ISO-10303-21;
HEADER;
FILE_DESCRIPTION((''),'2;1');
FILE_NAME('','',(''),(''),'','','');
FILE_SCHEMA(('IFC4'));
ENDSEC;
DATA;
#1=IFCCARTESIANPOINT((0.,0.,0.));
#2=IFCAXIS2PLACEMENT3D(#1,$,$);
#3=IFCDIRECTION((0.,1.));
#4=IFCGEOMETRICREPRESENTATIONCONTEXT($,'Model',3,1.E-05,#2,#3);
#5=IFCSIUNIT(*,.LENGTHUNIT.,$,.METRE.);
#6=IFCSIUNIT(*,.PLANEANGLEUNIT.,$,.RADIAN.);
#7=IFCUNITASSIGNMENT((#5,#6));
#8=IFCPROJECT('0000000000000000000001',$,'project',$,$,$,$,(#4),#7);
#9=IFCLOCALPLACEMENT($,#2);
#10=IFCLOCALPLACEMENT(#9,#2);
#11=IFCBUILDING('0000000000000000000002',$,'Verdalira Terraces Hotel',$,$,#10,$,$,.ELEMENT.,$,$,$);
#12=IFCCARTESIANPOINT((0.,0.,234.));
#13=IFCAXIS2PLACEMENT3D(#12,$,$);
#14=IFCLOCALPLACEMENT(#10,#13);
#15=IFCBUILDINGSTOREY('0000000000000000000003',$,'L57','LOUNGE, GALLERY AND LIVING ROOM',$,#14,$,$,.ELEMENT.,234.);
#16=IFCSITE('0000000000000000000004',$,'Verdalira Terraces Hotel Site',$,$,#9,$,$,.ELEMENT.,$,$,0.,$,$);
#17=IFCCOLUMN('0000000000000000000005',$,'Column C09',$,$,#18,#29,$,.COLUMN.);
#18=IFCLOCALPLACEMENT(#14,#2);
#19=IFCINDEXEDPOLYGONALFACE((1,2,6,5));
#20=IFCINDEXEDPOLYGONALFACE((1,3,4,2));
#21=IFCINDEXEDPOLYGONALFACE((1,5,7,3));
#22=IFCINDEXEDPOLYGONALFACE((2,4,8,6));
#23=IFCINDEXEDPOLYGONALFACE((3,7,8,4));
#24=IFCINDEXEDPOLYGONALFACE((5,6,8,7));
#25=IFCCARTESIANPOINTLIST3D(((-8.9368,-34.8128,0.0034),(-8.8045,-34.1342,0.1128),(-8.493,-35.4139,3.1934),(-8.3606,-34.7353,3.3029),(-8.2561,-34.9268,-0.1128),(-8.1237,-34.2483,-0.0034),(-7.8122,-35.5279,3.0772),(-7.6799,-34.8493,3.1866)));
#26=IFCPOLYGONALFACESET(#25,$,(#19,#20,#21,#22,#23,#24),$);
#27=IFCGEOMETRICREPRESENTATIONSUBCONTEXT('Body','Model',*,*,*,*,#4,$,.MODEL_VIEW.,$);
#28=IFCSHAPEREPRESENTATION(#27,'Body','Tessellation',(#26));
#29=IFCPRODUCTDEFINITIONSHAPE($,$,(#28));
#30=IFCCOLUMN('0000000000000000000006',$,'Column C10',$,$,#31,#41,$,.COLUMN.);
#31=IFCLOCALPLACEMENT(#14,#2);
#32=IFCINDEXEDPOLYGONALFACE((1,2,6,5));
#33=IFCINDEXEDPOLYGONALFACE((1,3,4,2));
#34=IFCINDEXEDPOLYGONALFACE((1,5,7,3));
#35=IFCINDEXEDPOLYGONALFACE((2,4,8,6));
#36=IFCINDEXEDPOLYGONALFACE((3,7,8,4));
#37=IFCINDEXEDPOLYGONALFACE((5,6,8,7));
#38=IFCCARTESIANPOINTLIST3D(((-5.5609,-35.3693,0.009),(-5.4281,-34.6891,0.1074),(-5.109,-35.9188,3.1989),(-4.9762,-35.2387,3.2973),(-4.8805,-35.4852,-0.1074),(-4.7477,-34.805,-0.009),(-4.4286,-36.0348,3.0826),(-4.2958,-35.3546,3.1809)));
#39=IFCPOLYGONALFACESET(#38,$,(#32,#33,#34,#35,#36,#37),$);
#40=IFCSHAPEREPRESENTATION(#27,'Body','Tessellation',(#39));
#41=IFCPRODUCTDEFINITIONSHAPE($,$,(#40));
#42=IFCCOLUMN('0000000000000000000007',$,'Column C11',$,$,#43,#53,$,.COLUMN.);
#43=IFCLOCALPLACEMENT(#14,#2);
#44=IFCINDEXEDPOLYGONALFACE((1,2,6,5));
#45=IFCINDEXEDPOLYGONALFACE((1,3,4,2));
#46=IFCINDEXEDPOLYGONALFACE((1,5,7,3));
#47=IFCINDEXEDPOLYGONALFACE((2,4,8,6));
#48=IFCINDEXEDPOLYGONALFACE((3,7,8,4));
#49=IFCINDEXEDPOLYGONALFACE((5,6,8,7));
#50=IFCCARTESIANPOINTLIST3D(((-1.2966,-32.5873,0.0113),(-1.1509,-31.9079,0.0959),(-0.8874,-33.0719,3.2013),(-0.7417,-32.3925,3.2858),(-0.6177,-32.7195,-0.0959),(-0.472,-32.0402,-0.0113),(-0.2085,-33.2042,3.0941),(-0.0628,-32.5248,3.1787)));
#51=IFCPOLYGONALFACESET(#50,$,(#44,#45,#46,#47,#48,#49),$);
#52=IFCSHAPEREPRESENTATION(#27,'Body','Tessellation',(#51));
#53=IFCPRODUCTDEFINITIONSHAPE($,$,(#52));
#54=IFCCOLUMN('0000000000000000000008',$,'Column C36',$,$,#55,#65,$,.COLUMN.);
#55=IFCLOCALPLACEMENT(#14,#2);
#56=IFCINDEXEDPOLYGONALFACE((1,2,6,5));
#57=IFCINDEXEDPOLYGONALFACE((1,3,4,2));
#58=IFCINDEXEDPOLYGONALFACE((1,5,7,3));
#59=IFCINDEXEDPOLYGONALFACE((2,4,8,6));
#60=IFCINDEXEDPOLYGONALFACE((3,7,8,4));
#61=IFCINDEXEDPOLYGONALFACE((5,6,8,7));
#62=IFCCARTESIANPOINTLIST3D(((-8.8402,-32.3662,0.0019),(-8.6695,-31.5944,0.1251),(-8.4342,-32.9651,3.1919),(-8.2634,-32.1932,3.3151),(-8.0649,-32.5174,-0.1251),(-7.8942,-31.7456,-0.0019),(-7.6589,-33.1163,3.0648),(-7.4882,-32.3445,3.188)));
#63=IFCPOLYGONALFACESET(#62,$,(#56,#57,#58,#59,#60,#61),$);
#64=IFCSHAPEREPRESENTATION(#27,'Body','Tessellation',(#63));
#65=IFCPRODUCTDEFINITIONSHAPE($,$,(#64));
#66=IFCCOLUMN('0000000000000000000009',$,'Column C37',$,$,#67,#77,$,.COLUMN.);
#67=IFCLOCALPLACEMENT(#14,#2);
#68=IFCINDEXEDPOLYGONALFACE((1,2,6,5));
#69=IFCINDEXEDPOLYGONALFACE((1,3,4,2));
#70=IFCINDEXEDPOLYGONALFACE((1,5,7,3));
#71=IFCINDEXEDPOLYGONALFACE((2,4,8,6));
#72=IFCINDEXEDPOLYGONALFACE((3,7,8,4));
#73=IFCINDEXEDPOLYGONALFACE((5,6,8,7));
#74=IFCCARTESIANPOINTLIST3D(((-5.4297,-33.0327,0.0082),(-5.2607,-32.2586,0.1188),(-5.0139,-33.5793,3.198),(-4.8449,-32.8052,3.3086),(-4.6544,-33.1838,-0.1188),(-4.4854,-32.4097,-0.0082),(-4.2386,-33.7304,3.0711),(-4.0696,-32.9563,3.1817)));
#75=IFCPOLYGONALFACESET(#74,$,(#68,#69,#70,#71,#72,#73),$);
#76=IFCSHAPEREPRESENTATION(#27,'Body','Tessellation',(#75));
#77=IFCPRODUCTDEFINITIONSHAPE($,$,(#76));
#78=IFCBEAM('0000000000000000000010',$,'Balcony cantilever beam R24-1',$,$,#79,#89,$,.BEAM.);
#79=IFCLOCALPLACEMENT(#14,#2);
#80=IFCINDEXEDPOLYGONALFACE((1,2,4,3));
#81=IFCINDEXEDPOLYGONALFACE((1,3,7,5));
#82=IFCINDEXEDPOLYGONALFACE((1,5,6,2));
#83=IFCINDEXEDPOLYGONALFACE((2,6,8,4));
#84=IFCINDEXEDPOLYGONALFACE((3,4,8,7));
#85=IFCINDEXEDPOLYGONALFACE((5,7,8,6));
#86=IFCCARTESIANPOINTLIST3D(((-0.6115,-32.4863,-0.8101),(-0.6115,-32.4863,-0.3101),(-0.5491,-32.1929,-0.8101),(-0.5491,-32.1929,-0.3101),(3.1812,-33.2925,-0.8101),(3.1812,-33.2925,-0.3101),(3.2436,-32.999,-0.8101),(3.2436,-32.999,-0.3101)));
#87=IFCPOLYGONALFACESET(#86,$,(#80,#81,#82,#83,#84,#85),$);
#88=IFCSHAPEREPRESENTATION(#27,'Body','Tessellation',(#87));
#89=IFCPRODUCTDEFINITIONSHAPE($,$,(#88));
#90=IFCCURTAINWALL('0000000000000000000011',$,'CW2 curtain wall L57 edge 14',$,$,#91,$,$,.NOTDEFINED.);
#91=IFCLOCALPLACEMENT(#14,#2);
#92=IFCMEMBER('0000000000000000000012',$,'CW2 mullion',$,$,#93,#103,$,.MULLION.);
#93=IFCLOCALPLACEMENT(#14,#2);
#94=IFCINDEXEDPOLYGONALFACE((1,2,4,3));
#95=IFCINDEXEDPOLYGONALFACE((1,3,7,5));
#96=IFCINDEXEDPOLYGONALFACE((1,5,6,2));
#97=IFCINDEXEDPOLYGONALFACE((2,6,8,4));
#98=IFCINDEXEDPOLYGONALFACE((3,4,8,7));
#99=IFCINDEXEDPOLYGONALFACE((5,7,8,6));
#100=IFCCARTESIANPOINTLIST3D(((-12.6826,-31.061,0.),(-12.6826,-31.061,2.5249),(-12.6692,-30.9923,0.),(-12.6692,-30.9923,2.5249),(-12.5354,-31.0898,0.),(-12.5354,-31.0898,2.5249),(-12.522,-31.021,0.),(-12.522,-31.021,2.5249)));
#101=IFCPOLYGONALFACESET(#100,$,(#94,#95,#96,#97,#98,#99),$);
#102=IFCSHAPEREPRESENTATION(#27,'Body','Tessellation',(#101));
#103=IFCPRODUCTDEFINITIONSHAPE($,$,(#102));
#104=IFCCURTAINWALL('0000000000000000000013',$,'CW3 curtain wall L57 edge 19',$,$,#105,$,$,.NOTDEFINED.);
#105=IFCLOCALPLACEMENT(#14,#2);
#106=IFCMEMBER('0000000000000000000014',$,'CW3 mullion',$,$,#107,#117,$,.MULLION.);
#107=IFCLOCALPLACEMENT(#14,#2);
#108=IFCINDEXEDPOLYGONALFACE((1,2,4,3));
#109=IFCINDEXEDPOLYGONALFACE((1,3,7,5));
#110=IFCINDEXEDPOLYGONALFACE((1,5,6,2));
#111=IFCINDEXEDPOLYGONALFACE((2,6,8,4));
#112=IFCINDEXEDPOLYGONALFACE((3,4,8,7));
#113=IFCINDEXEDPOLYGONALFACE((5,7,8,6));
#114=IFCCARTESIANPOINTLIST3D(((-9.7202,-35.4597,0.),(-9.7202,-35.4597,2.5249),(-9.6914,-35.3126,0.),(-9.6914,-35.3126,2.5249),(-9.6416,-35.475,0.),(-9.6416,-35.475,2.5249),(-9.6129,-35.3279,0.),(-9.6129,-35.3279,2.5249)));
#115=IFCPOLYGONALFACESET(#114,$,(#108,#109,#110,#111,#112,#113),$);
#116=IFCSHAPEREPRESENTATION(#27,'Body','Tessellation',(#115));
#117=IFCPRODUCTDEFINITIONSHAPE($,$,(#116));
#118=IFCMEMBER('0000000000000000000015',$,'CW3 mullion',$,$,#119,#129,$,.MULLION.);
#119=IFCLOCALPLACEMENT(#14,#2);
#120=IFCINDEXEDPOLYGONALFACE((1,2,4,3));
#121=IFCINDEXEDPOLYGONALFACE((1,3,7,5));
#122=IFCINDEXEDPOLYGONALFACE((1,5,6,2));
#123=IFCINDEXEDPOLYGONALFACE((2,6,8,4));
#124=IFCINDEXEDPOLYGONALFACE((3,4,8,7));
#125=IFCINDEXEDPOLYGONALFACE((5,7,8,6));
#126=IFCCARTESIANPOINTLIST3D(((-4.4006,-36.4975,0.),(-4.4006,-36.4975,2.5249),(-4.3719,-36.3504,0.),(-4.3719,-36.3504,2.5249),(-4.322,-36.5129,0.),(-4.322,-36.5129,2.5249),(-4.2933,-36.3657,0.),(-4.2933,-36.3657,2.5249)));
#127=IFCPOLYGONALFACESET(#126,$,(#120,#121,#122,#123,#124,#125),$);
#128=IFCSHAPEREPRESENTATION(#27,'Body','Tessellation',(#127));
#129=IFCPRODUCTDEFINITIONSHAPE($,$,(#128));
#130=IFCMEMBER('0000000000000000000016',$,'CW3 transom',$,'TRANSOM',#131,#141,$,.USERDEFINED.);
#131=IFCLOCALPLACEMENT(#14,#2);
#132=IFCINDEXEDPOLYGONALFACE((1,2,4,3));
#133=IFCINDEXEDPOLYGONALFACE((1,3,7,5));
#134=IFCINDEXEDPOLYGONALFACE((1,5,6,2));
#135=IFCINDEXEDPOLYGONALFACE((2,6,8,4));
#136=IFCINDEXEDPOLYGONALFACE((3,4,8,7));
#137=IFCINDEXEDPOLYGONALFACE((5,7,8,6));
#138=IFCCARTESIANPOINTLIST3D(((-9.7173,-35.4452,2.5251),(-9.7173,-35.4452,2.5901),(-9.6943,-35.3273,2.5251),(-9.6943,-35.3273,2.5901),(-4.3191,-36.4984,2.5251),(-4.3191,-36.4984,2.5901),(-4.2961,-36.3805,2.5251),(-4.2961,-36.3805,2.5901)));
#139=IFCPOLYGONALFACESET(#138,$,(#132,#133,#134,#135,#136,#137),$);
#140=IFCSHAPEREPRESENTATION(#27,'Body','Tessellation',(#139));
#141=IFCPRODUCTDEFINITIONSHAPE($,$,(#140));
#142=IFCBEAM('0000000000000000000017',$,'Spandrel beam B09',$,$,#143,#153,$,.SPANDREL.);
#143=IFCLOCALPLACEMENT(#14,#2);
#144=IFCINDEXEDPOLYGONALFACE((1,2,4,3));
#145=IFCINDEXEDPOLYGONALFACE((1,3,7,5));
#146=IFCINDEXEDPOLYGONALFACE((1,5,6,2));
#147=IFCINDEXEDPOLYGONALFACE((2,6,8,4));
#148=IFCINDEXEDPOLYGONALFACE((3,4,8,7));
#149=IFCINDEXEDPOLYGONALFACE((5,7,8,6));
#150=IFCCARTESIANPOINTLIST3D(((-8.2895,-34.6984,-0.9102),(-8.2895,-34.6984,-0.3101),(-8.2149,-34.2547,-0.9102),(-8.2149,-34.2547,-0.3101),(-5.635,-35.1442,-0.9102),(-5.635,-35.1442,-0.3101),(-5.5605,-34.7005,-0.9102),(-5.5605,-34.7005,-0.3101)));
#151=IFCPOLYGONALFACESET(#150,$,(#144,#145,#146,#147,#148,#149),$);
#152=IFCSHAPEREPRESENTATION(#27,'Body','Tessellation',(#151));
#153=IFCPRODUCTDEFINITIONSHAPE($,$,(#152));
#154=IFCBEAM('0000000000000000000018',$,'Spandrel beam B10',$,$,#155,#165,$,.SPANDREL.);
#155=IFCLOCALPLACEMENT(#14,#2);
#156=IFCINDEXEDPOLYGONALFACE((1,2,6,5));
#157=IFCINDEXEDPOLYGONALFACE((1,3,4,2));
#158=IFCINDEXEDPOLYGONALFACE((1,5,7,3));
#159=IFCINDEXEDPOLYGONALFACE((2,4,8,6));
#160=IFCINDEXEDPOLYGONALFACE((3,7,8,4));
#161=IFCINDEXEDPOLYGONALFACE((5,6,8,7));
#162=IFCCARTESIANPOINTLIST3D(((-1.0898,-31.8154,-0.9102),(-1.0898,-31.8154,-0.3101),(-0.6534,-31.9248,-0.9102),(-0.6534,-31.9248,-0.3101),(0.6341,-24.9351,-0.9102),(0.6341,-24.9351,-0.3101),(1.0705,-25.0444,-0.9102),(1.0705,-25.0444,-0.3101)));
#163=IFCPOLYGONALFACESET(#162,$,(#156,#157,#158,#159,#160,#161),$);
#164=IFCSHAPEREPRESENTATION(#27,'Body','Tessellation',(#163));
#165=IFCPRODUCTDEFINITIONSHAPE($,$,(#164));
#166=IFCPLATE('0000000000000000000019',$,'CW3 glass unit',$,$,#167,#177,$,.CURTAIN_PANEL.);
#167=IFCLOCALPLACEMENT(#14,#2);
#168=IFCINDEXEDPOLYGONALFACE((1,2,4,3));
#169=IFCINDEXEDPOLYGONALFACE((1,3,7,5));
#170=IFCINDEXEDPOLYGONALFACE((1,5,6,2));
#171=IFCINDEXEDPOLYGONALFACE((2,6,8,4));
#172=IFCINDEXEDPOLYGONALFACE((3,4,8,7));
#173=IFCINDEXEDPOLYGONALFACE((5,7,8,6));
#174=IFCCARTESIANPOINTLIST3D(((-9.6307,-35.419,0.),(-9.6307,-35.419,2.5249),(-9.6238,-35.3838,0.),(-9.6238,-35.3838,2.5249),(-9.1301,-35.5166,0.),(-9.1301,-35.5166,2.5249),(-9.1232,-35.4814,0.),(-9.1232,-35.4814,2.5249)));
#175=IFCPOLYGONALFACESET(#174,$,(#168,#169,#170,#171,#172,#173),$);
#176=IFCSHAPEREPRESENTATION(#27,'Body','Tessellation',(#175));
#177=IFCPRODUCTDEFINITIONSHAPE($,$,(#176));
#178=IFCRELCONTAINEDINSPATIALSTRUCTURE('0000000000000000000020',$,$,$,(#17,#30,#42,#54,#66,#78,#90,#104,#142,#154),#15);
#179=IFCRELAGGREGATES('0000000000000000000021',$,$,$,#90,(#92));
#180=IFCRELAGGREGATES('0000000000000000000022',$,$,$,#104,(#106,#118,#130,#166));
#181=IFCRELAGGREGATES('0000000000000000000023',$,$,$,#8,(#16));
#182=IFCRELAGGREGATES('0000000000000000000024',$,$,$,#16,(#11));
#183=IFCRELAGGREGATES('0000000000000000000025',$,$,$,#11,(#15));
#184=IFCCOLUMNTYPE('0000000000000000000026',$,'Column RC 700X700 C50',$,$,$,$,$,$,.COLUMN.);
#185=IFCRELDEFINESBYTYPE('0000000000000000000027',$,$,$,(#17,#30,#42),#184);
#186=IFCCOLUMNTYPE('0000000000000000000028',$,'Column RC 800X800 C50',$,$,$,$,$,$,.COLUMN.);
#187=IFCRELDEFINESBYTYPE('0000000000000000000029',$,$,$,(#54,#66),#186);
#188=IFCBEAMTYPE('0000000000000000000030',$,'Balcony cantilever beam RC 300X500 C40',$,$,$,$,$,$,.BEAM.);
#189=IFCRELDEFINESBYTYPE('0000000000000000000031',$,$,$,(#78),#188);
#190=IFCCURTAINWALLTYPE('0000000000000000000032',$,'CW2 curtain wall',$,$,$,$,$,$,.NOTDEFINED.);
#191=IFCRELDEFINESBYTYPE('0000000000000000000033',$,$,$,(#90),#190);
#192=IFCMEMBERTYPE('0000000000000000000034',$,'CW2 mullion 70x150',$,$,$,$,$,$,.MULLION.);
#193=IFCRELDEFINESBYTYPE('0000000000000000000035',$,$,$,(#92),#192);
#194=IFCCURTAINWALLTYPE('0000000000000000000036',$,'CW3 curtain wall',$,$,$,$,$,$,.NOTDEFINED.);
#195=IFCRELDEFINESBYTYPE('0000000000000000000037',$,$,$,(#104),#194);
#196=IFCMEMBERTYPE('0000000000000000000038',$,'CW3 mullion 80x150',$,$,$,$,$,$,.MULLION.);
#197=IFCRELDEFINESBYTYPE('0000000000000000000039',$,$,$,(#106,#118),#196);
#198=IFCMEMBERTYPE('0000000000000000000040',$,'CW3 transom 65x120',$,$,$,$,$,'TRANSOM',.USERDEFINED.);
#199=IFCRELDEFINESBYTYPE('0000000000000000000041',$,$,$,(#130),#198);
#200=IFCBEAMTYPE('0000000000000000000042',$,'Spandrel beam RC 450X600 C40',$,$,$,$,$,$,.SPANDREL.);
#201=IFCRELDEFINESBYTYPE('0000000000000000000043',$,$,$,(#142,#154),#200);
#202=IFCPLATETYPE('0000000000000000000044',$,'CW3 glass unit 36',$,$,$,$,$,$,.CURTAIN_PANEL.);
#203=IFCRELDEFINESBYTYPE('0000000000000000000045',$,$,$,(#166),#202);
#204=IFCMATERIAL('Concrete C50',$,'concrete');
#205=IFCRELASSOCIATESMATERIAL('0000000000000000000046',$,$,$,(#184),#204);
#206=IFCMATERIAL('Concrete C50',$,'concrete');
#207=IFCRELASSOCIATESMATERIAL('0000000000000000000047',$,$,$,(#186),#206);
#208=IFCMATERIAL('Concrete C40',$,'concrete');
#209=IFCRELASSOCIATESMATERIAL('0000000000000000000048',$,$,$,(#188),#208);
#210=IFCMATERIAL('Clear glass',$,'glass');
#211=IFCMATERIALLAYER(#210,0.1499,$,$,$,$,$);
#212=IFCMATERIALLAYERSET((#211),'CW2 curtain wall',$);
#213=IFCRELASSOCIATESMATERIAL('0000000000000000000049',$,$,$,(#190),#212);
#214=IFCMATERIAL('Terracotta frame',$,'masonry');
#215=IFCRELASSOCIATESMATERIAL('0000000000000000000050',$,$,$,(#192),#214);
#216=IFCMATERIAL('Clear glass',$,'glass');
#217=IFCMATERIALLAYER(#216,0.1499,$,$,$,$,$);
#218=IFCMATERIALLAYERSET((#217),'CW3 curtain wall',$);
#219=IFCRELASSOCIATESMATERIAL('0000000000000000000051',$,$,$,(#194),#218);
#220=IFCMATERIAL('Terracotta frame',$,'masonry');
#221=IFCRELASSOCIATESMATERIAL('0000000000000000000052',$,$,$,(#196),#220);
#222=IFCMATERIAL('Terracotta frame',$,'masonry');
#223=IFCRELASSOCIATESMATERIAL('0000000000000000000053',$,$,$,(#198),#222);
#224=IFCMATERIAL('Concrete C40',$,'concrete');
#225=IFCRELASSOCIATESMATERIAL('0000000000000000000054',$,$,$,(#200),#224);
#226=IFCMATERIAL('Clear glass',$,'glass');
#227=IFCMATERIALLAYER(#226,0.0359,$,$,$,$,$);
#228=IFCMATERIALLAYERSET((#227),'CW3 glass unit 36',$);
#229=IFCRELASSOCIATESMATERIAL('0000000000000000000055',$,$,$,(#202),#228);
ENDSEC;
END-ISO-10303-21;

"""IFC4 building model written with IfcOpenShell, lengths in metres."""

from ifc_helpers import new_model, si_unit, direction, frame, origin, origin_2d, place, context, subcontext, project, spatial, rectangle, extrude, material, layer, layer_set, material_profile, profile_set, type_object, element, aggregate, save


model = new_model("IFC4")

# Units and contexts
model_context = context("Model", 3, precision=1e-05, world=origin(), true_north=direction((0.0, 1.0)))
body_context = subcontext(model_context, "Body", "Model", "MODEL_VIEW")
ifc_project = project(units=[si_unit("LENGTHUNIT", "METRE"), si_unit("PLANEANGLEUNIT", "RADIAN")], contexts=[model_context])

# Site, building, storey
site_placement = place(None, origin())
site = spatial("IfcSite", under=ifc_project, at=site_placement, Name="Verdalira Terraces Hotel Site", CompositionType="ELEMENT", RefElevation=0.0)
building_placement = place(site_placement, origin())
building = spatial("IfcBuilding", under=site, at=building_placement, Name="Verdalira Terraces Hotel", CompositionType="ELEMENT")
storey_placement = place(building_placement, frame((0.0, 0.0, 234.0)))
storey = spatial("IfcBuildingStorey", under=building, at=storey_placement, Name="L57", Description="LOUNGE, GALLERY AND LIVING ROOM", CompositionType="ELEMENT", Elevation=234.0)

# Columns
ifc_material_1 = material(Name="Concrete C50", Category="concrete")
ifc_material_profile_1 = material_profile(ifc_material_1, rectangle(XDim=0.7, YDim=0.7, at=origin_2d()), Name="RC 700X700")
ifc_profile_set_1 = profile_set([ifc_material_profile_1], Name="Concrete C50")
column_type_1 = type_object("IfcColumnType", Name="Column RC 700X700 C50", PredefinedType="COLUMN", material=ifc_profile_set_1)
column_1_placement = place(storey_placement, frame((-8.5303, -34.5305, 0.0), z_axis=(0.135473, -0.183462, 0.973647), x_axis=(0.972572, -0.162912, -0.166021)))
element("IfcColumn", 1, at=column_1_placement, inside=storey, type_object=column_type_1, Name="Column C09", PredefinedType="COLUMN", context=body_context, shape_type="SweptSolid", body=[
    extrude(rectangle(XDim=0.7, YDim=0.7, at=origin_2d()), origin(), (0.0, 0.0, 1.0), 3.2764),
])
column_2_placement = place(storey_placement, frame((-5.1543, -35.0872, 0.0), z_axis=(0.138268, -0.168147, 0.976017), x_axis=(0.972071, -0.16565, -0.166247)))
element("IfcColumn", 2, at=column_2_placement, inside=storey, type_object=column_type_1, Name="Column C10", PredefinedType="COLUMN", context=body_context, shape_type="SweptSolid", body=[
    extrude(rectangle(XDim=0.7, YDim=0.7, at=origin_2d()), origin(), (0.0, 0.0, 1.0), 3.2683),
])
column_3_placement = place(storey_placement, frame((-0.8843, -32.3137, 0.0), z_axis=(0.125809, -0.149004, 0.980801), x_axis=(0.208171, 0.97061, 0.120753)))
element("IfcColumn", 3, at=column_3_placement, inside=storey, type_object=column_type_1, Name="Column C11", PredefinedType="COLUMN", context=body_context, shape_type="SweptSolid", body=[
    extrude(rectangle(XDim=0.7, YDim=0.7, at=origin_2d()), origin(), (0.0, 0.0, 1.0), 3.2524),
])
ifc_material_2 = material(Name="Concrete C50", Category="concrete")
ifc_material_profile_2 = material_profile(ifc_material_2, rectangle(XDim=0.8, YDim=0.8, at=origin_2d()), Name="RC 800X800")
ifc_profile_set_2 = profile_set([ifc_material_profile_2], Name="Concrete C50")
column_type_2 = type_object("IfcColumnType", Name="Column RC 800X800 C50", PredefinedType="COLUMN", material=ifc_profile_set_2)
column_4_placement = place(storey_placement, frame((-8.3672, -32.0559, 0.0), z_axis=(0.124124, -0.183089, 0.975229), x_axis=(-0.213427, -0.964752, -0.153957)))
element("IfcColumn", 4, at=column_4_placement, inside=storey, type_object=column_type_2, Name="Column C36", PredefinedType="COLUMN", context=body_context, shape_type="SweptSolid", body=[
    extrude(rectangle(XDim=0.8, YDim=0.8, at=origin_2d()), origin(), (0.0, 0.0, 1.0), 3.271),
])
column_5_placement = place(storey_placement, frame((-4.9575, -32.7212, 0.0), z_axis=(0.127419, -0.167522, 0.9776), x_axis=(-0.211246, -0.967603, -0.138276)))
element("IfcColumn", 5, at=column_5_placement, inside=storey, type_object=column_type_2, Name="Column C37", PredefinedType="COLUMN", context=body_context, shape_type="SweptSolid", body=[
    extrude(rectangle(XDim=0.8, YDim=0.8, at=origin_2d()), origin(), (0.0, 0.0, 1.0), 3.2629),
])

# Beam
ifc_material_3 = material(Name="Concrete C40", Category="concrete")
ifc_material_profile_3 = material_profile(ifc_material_3, rectangle(XDim=0.3, YDim=0.5, at=origin_2d()), Name="RC 300X500")
ifc_profile_set_3 = profile_set([ifc_material_profile_3], Name="Concrete C40")
beam_type_1 = type_object("IfcBeamType", Name="Balcony cantilever beam RC 300X500 C40", PredefinedType="BEAM", material=ifc_profile_set_3)
beam_1_placement = place(storey_placement, frame((-0.5803, -32.3396, -0.5601), z_axis=(0.978148, -0.207908, 0.0), x_axis=(0.207908, 0.978148, 0.0)))
element("IfcBeam", 6, at=beam_1_placement, inside=storey, type_object=beam_type_1, Name="Balcony cantilever beam R24-1", PredefinedType="BEAM", context=body_context, shape_type="SweptSolid", body=[
    extrude(rectangle(XDim=0.3, YDim=0.5, at=origin_2d()), origin(), (0.0, 0.0, 1.0), 3.8774),
])

# Curtain wall, member
ifc_material_4 = material(Name="Clear glass", Category="glass")
ifc_layer_1 = layer(ifc_material_4, 0.1499)
ifc_layer_set_1 = layer_set([ifc_layer_1], Name="CW2 curtain wall")
curtain_wall_type_1 = type_object("IfcCurtainWallType", Name="CW2 curtain wall", PredefinedType="NOTDEFINED", material=ifc_layer_set_1)
curtain_wall_1_placement = place(storey_placement, origin())
curtain_wall_1 = element("IfcCurtainWall", 7, at=curtain_wall_1_placement, inside=storey, type_object=curtain_wall_type_1, Name="CW2 curtain wall L57 edge 14", PredefinedType="NOTDEFINED")
ifc_material_5 = material(Name="Terracotta frame", Category="masonry")
ifc_material_profile_4 = material_profile(ifc_material_5, rectangle(XDim=0.0701, YDim=0.1499, at=origin_2d()), Name="MU 70x150")
ifc_profile_set_4 = profile_set([ifc_material_profile_4], Name="Terracotta frame")
member_type_1 = type_object("IfcMemberType", Name="CW2 mullion 70x150", PredefinedType="MULLION", material=ifc_profile_set_4)
member_1_placement = place(storey_placement, frame((-12.6023, -31.041, 0.0), z_axis=(0.0, 0.0, 1.0), x_axis=(-0.191494, -0.981494, 0.0)))
member_1 = element("IfcMember", 8, at=member_1_placement, type_object=member_type_1, Name="CW2 mullion", PredefinedType="MULLION", context=body_context, shape_type="SweptSolid", body=[
    extrude(rectangle(XDim=0.0701, YDim=0.1499, at=origin_2d()), origin(), (0.0, 0.0, 1.0), 2.5249),
])
aggregate(curtain_wall_1, [member_1])

# Curtain wall, members
ifc_material_6 = material(Name="Clear glass", Category="glass")
ifc_layer_2 = layer(ifc_material_6, 0.1499)
ifc_layer_set_2 = layer_set([ifc_layer_2], Name="CW3 curtain wall")
curtain_wall_type_2 = type_object("IfcCurtainWallType", Name="CW3 curtain wall", PredefinedType="NOTDEFINED", material=ifc_layer_set_2)
curtain_wall_2_placement = place(storey_placement, origin())
curtain_wall_2 = element("IfcCurtainWall", 9, at=curtain_wall_2_placement, inside=storey, type_object=curtain_wall_type_2, Name="CW3 curtain wall L57 edge 19", PredefinedType="NOTDEFINED")
ifc_material_7 = material(Name="Terracotta frame", Category="masonry")
ifc_material_profile_5 = material_profile(ifc_material_7, rectangle(XDim=0.0801, YDim=0.1499, at=origin_2d()), Name="MU 80x150")
ifc_profile_set_5 = profile_set([ifc_material_profile_5], Name="Terracotta frame")
member_type_2 = type_object("IfcMemberType", Name="CW3 mullion 80x150", PredefinedType="MULLION", material=ifc_profile_set_5)
member_2_placement = place(storey_placement, frame((-9.6665, -35.3938, 0.0), z_axis=(0.0, 0.0, 1.0), x_axis=(0.981494, -0.191494, 0.0)))
member_2 = element("IfcMember", 10, at=member_2_placement, type_object=member_type_2, Name="CW3 mullion", PredefinedType="MULLION", context=body_context, shape_type="SweptSolid", body=[
    extrude(rectangle(XDim=0.0801, YDim=0.1499, at=origin_2d()), origin(), (0.0, 0.0, 1.0), 2.5249),
])
member_3_placement = place(storey_placement, frame((-4.3469, -36.4316, 0.0), z_axis=(0.0, 0.0, 1.0), x_axis=(0.981494, -0.191494, 0.0)))
member_3 = element("IfcMember", 11, at=member_3_placement, type_object=member_type_2, Name="CW3 mullion", PredefinedType="MULLION", context=body_context, shape_type="SweptSolid", body=[
    extrude(rectangle(XDim=0.0801, YDim=0.1499, at=origin_2d()), origin(), (0.0, 0.0, 1.0), 2.5249),
])
ifc_material_8 = material(Name="Terracotta frame", Category="masonry")
ifc_material_profile_6 = material_profile(ifc_material_8, rectangle(XDim=0.1201, YDim=0.0649, at=origin_2d()), Name="TR 65x120")
ifc_profile_set_6 = profile_set([ifc_material_profile_6], Name="Terracotta frame")
member_type_3 = type_object("IfcMemberType", Name="CW3 transom 65x120", ElementType="TRANSOM", PredefinedType="USERDEFINED", material=ifc_profile_set_6)
member_4_placement = place(storey_placement, frame((-9.7058, -35.3862, 2.5576), z_axis=(0.981493, -0.191496, 0.0), x_axis=(0.191496, 0.981493, 0.0)))
member_4 = element("IfcMember", 12, at=member_4_placement, type_object=member_type_3, Name="CW3 transom", ObjectType="TRANSOM", PredefinedType="USERDEFINED", context=body_context, shape_type="SweptSolid", body=[
    extrude(rectangle(XDim=0.1201, YDim=0.0649, at=origin_2d()), origin(), (0.0, 0.0, 1.0), 5.5),
])

# Beams
ifc_material_9 = material(Name="Concrete C40", Category="concrete")
ifc_material_profile_7 = material_profile(ifc_material_9, rectangle(XDim=0.45, YDim=0.6001, at=origin_2d()), Name="RC 450X600")
ifc_profile_set_7 = profile_set([ifc_material_profile_7], Name="Concrete C40")
beam_type_2 = type_object("IfcBeamType", Name="Spandrel beam RC 450X600 C40", PredefinedType="SPANDREL", material=ifc_profile_set_7)
beam_2_placement = place(storey_placement, frame((-8.2522, -34.4766, -0.6101), z_axis=(0.98619, -0.16562, 0.0), x_axis=(0.16562, 0.98619, 0.0)))
element("IfcBeam", 13, at=beam_2_placement, inside=storey, type_object=beam_type_2, Name="Spandrel beam B09", PredefinedType="SPANDREL", context=body_context, shape_type="SweptSolid", body=[
    extrude(rectangle(XDim=0.45, YDim=0.6001, at=origin_2d()), origin(), (0.0, 0.0, 1.0), 2.6917),
])
beam_3_placement = place(storey_placement, frame((-0.8716, -31.8701, -0.6101), z_axis=(0.243038, 0.970017, 0.0), x_axis=(-0.970017, 0.243038, 0.0)))
element("IfcBeam", 14, at=beam_3_placement, inside=storey, type_object=beam_type_2, Name="Spandrel beam B10", PredefinedType="SPANDREL", context=body_context, shape_type="SweptSolid", body=[
    extrude(rectangle(XDim=0.45, YDim=0.6001, at=origin_2d()), origin(), (0.0, 0.0, 1.0), 7.093),
])

# Plate
ifc_material_10 = material(Name="Clear glass", Category="glass")
ifc_layer_3 = layer(ifc_material_10, 0.0359)
ifc_layer_set_3 = layer_set([ifc_layer_3], Name="CW3 glass unit 36")
plate_type = type_object("IfcPlateType", Name="CW3 glass unit 36", PredefinedType="CURTAIN_PANEL", material=ifc_layer_set_3)
plate_1_placement = place(storey_placement, frame((-9.377, -35.4502, 0.0), z_axis=(0.0, 0.0, 1.0), x_axis=(0.981494, -0.191494, 0.0)))
plate_1 = element("IfcPlate", 15, at=plate_1_placement, type_object=plate_type, Name="CW3 glass unit", PredefinedType="CURTAIN_PANEL", context=body_context, shape_type="SweptSolid", body=[
    extrude(rectangle(XDim=0.51, YDim=0.0359, at=origin_2d()), origin(), (0.0, 0.0, 1.0), 2.5249),
])
aggregate(curtain_wall_2, [member_2, member_3, member_4, plate_1])

save(model, "model.ifc")
